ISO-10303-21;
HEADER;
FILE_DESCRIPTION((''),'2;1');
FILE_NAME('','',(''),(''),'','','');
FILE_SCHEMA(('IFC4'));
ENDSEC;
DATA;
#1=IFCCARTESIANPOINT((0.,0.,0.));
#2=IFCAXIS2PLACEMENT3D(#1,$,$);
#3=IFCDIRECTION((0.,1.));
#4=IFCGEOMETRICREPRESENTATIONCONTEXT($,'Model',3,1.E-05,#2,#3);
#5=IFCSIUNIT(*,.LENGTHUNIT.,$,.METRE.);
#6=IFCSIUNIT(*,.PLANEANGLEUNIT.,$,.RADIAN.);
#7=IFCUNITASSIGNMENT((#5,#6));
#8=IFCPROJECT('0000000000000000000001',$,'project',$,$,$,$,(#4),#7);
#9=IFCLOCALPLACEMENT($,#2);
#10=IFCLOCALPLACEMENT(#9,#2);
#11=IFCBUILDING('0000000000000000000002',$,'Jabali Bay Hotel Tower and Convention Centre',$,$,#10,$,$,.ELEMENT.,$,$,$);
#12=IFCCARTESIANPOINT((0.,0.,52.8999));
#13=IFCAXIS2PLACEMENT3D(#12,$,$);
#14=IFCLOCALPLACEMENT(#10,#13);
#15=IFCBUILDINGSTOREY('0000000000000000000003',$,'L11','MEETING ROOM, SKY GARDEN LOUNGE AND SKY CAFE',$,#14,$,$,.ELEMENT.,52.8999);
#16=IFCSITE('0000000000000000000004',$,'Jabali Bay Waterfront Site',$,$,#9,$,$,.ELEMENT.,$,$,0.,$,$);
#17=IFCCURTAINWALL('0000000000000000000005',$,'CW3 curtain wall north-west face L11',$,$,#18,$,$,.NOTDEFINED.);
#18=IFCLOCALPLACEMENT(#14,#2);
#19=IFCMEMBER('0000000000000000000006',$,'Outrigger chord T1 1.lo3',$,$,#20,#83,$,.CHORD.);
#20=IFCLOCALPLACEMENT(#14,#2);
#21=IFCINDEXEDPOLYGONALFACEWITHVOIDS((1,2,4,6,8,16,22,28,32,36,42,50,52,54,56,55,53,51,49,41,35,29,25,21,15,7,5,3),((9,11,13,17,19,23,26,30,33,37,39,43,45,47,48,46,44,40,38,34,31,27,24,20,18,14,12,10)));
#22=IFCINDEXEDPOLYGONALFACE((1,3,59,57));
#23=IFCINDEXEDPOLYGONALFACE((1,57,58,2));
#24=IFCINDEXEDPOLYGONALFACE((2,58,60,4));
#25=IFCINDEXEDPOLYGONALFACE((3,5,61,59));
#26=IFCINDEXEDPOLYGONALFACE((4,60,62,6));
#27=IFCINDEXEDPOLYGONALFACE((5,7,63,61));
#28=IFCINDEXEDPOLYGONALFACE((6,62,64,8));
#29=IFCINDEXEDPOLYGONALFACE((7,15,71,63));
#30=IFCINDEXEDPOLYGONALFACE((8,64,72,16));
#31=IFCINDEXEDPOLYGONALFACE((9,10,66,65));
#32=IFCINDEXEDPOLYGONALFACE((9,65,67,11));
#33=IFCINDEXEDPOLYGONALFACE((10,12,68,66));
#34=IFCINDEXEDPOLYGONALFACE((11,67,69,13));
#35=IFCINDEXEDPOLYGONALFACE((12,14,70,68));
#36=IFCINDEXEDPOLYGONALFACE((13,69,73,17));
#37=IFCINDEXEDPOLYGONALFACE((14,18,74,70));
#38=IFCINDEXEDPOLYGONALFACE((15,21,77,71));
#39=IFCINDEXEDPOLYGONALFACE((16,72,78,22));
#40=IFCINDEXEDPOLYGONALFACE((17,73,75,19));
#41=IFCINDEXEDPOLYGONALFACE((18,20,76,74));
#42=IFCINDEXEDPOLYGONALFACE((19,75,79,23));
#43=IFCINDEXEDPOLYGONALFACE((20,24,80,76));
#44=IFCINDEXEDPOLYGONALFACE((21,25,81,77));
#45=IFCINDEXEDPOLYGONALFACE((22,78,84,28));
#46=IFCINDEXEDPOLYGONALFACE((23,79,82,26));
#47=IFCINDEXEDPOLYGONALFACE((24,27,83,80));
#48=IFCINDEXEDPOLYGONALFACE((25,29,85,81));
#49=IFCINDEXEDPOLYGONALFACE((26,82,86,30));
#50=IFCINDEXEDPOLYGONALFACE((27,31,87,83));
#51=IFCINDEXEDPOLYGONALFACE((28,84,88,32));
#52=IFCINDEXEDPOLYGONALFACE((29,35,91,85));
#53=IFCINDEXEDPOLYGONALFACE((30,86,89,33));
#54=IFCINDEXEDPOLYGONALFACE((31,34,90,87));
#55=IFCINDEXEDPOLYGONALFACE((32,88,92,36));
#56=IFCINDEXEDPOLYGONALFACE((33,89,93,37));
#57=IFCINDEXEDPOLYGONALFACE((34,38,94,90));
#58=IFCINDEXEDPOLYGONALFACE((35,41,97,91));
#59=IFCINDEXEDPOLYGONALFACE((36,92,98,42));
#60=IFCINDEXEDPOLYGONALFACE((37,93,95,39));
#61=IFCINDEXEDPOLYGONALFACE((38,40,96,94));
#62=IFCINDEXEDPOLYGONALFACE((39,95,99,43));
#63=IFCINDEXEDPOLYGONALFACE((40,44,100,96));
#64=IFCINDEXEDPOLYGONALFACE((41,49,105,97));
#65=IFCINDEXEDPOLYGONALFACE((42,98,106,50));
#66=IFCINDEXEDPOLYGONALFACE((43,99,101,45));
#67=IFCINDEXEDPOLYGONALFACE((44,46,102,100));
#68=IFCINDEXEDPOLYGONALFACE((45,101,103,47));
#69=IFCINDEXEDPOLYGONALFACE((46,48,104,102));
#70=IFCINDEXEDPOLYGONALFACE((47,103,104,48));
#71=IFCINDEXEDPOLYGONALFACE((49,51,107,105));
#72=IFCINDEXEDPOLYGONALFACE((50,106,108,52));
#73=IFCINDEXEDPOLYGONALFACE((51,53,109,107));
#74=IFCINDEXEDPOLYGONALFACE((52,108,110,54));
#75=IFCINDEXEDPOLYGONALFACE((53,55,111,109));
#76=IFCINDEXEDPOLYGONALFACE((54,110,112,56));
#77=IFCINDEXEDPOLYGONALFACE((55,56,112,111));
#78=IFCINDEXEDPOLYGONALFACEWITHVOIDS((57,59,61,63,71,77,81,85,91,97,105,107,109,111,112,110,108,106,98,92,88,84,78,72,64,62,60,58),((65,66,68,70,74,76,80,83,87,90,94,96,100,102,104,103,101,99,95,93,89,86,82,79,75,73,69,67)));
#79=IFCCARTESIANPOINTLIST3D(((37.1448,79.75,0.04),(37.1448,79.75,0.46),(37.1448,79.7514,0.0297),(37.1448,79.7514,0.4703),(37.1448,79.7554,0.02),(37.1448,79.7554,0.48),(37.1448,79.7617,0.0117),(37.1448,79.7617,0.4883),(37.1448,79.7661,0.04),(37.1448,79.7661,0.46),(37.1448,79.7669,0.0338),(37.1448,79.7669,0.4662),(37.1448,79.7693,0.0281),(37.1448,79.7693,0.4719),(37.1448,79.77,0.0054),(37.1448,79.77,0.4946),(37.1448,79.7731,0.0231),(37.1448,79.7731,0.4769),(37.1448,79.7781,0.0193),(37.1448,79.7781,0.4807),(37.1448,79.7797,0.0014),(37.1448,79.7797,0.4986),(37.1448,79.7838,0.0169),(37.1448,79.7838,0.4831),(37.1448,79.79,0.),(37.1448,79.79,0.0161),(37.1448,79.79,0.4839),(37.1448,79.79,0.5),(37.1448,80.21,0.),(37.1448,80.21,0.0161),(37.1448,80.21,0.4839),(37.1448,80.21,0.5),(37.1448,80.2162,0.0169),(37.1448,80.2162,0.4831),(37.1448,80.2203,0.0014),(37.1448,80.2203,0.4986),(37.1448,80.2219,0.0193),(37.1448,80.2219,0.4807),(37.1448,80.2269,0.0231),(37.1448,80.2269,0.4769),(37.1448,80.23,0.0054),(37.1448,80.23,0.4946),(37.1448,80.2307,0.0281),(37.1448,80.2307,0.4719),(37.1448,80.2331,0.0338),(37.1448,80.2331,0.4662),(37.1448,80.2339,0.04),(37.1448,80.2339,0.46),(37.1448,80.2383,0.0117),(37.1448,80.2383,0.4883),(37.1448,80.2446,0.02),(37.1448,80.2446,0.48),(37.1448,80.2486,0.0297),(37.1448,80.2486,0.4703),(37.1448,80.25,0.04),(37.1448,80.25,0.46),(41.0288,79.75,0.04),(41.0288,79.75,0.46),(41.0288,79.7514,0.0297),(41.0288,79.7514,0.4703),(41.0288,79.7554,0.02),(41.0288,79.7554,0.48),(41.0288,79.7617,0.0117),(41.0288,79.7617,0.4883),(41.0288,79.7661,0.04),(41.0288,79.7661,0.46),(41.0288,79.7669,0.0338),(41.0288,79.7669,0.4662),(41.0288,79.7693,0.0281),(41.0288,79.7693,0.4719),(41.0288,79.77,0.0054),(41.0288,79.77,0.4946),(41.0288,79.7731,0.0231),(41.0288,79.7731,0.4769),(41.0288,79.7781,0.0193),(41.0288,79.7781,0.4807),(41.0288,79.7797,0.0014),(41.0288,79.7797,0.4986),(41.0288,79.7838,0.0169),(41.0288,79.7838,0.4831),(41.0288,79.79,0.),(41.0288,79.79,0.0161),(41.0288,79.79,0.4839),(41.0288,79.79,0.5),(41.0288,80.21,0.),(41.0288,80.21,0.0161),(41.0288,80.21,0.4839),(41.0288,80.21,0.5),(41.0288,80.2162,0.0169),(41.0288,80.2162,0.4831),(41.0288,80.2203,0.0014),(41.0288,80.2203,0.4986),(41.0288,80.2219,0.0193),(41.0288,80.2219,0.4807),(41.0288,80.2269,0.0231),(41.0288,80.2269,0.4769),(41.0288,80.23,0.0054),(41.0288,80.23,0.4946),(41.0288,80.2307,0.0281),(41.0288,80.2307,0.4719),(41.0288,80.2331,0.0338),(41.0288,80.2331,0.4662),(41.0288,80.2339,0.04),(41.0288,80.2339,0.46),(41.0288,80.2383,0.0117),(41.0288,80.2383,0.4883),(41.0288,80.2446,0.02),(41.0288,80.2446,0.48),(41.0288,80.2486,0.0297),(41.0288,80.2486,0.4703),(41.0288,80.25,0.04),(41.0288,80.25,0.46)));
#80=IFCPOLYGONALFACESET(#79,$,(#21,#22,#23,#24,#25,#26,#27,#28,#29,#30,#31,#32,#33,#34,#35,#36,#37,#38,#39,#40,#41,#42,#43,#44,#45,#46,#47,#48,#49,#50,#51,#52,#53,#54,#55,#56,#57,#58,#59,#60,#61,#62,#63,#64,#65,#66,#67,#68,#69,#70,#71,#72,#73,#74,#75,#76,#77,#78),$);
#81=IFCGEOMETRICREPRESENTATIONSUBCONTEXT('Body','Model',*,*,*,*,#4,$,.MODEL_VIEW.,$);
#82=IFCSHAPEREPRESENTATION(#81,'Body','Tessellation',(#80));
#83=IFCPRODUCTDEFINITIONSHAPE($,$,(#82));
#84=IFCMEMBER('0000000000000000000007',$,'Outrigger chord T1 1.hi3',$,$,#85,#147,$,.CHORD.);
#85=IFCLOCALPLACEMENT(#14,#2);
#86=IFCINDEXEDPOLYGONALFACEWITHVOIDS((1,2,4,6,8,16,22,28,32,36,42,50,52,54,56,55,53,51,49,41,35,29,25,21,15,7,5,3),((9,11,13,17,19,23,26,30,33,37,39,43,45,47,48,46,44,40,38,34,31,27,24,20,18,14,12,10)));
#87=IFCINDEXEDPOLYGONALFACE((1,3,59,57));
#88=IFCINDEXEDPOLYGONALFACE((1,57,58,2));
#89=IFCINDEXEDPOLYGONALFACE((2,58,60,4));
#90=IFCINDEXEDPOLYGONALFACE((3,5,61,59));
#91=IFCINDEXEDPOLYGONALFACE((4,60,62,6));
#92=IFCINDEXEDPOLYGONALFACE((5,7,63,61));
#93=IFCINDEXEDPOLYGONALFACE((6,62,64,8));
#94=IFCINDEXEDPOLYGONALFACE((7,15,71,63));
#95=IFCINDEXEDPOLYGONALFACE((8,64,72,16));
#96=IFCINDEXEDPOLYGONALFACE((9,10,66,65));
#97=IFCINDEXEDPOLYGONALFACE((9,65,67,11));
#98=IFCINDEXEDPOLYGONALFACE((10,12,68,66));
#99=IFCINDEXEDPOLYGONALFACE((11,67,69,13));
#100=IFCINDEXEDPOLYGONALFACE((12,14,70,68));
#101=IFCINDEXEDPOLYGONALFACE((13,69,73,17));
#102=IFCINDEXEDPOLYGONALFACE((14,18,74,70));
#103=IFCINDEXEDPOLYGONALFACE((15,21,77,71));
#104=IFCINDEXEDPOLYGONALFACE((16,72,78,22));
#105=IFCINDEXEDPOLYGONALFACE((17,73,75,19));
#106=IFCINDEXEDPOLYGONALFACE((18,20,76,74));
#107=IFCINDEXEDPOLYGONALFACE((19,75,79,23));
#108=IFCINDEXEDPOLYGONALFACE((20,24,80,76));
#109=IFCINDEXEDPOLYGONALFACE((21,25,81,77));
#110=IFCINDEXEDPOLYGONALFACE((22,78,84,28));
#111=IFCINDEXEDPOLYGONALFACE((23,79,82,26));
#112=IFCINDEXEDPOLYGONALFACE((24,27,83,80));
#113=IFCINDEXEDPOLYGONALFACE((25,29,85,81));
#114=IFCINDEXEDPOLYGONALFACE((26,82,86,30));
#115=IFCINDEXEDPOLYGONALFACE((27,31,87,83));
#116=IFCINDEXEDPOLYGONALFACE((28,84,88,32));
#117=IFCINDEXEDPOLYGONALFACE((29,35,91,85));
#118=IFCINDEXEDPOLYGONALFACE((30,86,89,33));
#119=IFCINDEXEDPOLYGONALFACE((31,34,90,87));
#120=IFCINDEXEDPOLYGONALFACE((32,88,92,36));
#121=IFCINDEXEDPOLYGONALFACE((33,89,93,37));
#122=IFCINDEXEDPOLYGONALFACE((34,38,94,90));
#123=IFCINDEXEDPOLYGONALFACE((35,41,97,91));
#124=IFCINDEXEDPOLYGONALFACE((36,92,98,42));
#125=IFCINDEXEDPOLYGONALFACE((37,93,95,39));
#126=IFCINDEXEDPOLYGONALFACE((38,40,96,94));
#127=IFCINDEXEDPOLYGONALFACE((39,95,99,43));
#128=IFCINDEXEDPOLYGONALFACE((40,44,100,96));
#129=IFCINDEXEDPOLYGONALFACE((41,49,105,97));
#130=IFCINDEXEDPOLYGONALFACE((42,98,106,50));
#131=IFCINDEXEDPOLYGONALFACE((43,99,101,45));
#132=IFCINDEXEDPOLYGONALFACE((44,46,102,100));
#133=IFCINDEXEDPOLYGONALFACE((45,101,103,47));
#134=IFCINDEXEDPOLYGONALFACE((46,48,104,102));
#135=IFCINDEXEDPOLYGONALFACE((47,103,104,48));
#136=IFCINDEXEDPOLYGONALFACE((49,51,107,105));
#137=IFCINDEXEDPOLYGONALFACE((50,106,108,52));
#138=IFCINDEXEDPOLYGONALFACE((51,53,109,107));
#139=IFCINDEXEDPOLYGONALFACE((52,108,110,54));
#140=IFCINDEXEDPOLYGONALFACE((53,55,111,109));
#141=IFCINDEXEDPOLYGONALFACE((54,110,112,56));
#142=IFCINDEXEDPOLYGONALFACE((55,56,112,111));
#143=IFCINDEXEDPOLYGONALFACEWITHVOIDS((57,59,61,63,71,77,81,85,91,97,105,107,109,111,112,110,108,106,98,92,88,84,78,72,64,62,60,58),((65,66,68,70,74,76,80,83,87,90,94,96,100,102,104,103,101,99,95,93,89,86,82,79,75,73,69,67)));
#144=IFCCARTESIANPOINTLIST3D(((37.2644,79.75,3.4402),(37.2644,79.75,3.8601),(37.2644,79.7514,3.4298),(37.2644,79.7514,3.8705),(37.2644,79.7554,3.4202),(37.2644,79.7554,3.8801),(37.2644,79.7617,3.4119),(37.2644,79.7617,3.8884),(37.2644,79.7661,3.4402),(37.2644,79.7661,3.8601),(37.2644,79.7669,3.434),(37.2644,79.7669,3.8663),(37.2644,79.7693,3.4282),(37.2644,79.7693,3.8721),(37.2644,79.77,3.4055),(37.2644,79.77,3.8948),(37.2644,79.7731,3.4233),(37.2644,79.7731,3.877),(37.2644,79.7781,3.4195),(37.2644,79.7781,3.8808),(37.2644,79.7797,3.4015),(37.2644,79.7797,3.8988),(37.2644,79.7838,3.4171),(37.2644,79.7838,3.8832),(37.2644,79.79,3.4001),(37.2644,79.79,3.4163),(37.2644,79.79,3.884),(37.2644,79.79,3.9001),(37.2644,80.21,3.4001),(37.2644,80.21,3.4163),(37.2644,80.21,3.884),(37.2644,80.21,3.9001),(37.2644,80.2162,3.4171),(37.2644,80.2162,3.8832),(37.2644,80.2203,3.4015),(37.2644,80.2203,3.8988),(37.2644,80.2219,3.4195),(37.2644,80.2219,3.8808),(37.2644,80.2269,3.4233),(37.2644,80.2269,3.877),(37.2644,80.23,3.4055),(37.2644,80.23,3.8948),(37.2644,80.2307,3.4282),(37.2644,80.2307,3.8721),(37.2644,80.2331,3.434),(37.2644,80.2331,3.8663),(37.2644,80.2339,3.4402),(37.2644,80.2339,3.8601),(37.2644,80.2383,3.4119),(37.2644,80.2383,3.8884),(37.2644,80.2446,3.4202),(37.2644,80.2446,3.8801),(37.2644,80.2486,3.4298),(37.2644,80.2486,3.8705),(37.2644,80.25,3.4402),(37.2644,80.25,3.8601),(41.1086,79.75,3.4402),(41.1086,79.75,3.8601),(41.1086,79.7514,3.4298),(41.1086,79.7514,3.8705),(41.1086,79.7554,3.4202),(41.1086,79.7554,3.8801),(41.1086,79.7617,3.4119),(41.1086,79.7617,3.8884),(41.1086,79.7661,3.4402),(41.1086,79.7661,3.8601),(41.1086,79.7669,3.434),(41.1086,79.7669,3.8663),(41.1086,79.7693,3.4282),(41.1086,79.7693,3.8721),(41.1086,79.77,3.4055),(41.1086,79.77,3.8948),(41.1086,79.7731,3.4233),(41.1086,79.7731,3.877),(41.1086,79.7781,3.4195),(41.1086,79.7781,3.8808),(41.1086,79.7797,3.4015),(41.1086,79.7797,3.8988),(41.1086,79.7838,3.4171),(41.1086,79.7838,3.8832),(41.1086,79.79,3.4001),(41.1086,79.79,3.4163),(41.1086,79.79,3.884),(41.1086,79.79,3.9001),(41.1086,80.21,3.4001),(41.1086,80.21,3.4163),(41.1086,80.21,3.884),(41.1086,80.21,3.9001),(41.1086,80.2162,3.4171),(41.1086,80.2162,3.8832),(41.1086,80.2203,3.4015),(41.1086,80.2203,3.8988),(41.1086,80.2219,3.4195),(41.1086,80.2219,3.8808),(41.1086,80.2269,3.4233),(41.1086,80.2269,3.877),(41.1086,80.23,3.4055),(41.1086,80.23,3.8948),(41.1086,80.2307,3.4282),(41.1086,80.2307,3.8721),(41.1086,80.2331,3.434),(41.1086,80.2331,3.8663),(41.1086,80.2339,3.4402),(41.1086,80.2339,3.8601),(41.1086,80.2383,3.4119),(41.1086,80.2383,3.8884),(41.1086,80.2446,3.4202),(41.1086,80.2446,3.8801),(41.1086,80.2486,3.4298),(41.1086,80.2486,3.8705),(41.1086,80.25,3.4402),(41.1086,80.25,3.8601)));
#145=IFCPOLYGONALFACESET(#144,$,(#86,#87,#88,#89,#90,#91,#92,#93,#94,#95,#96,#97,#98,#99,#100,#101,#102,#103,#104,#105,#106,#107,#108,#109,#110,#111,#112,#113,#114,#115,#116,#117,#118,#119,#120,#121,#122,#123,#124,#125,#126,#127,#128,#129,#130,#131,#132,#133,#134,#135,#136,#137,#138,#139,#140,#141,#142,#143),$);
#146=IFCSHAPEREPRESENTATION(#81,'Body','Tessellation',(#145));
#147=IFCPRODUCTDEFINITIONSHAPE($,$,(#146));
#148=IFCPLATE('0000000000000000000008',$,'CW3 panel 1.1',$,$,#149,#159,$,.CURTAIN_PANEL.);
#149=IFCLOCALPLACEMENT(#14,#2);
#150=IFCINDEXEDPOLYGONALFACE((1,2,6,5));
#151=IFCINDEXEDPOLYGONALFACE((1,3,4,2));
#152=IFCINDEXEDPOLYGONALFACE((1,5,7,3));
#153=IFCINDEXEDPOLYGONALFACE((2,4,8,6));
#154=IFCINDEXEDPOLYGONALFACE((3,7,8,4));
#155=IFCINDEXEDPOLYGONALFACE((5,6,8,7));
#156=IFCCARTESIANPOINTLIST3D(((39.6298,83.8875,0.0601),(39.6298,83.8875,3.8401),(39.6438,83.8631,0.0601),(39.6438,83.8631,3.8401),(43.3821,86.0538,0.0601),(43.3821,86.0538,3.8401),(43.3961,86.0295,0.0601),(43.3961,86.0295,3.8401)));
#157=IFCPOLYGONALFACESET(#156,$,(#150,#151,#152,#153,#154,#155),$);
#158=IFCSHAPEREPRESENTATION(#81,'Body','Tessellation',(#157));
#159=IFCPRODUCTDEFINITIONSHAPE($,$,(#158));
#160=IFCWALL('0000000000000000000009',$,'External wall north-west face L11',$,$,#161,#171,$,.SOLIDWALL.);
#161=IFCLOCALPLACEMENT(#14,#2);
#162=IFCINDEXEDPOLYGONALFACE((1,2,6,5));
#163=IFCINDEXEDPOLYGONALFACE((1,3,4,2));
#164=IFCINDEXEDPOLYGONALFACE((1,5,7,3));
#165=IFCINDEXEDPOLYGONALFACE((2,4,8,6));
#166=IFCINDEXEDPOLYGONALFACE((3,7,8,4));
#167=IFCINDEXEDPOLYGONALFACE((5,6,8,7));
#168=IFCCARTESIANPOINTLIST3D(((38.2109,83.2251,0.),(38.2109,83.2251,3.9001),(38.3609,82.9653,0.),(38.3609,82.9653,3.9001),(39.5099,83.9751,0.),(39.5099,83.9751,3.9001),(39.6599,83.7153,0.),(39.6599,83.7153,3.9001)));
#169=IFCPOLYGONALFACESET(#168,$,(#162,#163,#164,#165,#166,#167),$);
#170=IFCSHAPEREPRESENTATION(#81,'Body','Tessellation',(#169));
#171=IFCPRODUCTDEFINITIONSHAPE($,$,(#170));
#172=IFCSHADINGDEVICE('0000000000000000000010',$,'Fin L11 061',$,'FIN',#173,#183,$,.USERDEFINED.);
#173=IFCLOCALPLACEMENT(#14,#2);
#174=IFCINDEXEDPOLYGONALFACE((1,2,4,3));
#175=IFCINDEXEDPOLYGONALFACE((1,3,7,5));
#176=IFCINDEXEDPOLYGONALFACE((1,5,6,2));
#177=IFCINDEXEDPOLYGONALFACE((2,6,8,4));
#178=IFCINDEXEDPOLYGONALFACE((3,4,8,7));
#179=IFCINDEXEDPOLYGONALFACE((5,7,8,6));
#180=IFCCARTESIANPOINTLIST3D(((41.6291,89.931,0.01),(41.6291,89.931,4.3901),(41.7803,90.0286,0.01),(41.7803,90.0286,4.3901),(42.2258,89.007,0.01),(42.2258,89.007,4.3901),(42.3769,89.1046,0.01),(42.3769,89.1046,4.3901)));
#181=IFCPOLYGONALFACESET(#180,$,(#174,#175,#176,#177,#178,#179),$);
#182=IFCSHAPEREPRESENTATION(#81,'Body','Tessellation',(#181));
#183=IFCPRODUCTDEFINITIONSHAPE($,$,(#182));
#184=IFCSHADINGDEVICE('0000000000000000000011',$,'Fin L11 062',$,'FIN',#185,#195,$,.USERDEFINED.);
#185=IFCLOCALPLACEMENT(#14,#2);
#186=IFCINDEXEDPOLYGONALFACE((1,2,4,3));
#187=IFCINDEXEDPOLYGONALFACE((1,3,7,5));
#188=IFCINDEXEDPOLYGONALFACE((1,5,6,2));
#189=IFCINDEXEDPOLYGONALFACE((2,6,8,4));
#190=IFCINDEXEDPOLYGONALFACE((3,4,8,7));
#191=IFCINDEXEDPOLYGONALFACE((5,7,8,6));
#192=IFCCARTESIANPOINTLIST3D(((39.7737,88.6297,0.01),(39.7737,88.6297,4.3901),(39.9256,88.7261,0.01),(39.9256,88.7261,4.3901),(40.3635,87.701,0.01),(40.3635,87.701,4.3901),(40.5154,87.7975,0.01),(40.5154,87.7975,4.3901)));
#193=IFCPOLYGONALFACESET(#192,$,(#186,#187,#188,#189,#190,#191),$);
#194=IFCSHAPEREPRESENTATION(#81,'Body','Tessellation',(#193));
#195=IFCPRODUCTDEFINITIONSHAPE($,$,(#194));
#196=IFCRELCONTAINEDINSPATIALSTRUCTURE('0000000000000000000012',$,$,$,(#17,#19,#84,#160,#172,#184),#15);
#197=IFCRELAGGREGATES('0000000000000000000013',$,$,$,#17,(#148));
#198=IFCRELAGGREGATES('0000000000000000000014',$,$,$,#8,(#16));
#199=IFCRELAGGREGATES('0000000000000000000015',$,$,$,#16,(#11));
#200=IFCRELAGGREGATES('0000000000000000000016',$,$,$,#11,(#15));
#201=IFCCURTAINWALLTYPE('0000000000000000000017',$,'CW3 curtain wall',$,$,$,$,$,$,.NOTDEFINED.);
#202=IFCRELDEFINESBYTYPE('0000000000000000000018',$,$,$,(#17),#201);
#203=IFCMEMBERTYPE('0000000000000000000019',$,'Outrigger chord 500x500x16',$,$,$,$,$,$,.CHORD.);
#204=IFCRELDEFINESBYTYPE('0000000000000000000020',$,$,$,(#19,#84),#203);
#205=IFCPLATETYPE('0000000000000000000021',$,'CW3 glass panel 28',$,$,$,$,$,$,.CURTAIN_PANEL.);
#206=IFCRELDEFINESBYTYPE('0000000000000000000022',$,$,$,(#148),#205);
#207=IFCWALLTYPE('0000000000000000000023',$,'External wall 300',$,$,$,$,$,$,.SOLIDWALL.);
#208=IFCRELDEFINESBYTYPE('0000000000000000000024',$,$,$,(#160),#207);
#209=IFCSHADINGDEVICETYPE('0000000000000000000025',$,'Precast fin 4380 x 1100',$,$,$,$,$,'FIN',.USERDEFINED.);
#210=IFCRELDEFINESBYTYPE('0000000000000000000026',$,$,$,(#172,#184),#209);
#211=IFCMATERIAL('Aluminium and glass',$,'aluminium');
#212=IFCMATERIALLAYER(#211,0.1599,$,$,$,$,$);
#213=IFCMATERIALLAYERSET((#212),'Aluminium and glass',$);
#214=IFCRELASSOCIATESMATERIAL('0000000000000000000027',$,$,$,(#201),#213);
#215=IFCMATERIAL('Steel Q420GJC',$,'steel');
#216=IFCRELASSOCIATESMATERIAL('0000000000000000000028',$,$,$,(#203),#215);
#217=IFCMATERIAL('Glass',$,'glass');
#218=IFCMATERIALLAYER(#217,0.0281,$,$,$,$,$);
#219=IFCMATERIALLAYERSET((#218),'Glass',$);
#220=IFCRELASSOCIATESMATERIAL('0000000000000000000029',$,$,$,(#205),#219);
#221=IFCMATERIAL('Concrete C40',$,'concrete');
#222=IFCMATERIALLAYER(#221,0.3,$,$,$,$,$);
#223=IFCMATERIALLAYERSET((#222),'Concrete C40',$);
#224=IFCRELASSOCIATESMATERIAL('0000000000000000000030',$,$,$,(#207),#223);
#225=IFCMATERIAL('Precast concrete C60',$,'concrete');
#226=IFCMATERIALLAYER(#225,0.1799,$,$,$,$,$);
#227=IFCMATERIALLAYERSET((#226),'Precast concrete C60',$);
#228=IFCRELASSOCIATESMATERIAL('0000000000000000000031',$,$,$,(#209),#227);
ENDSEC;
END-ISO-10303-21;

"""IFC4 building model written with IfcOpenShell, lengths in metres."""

from ifc_helpers import new_model, si_unit, direction, frame, frame_2d, origin, origin_2d, place, context, subcontext, project, spatial, rectangle, hollow_rectangle, extrude, material, layer, layer_set, material_profile, profile_set, type_object, element, aggregate, save


model = new_model("IFC4")

# Units and contexts
model_context = context("Model", 3, precision=1e-05, world=origin(), true_north=direction((0.0, 1.0)))
body_context = subcontext(model_context, "Body", "Model", "MODEL_VIEW")
ifc_project = project(units=[si_unit("LENGTHUNIT", "METRE"), si_unit("PLANEANGLEUNIT", "RADIAN")], contexts=[model_context])

# Site, building, storey
site_placement = place(None, origin())
site = spatial("IfcSite", under=ifc_project, at=site_placement, Name="Jabali Bay Waterfront Site", CompositionType="ELEMENT", RefElevation=0.0)
building_placement = place(site_placement, origin())
building = spatial("IfcBuilding", under=site, at=building_placement, Name="Jabali Bay Hotel Tower and Convention Centre", CompositionType="ELEMENT")
storey_placement = place(building_placement, frame((0.0, 0.0, 52.8999)))
storey = spatial("IfcBuildingStorey", under=building, at=storey_placement, Name="L11", Description="MEETING ROOM, SKY GARDEN LOUNGE AND SKY CAFE", CompositionType="ELEMENT", Elevation=52.8999)

# Shared definitions
ifc_material_1 = material(Name="Steel Q420GJC", Category="steel")

# Curtain wall
ifc_material_2 = material(Name="Aluminium and glass", Category="aluminium")
ifc_layer_1 = layer(ifc_material_2, 0.1599)
ifc_layer_set_1 = layer_set([ifc_layer_1], Name="Aluminium and glass")
curtain_wall_type = type_object("IfcCurtainWallType", Name="CW3 curtain wall", PredefinedType="NOTDEFINED", material=ifc_layer_set_1)
curtain_wall_placement = place(storey_placement, origin())
curtain_wall = element("IfcCurtainWall", 1, at=curtain_wall_placement, inside=storey, type_object=curtain_wall_type, Name="CW3 curtain wall north-west face L11", PredefinedType="NOTDEFINED")

# Members
ifc_material_profile_1 = material_profile(ifc_material_1, hollow_rectangle(XDim=0.5, YDim=0.5, WallThickness=0.0161, InnerFilletRadius=0.0239, OuterFilletRadius=0.04, at=origin_2d()), Name="Outrigger chord 500x500x16")
ifc_profile_set_1 = profile_set([ifc_material_profile_1], Name="Steel Q420GJC")
member_type_1 = type_object("IfcMemberType", Name="Outrigger chord 500x500x16", PredefinedType="CHORD", material=ifc_profile_set_1)
member_1_placement = place(storey_placement, frame((41.0288, 80.0, 0.25), z_axis=(-1.0, 0.0, 0.0), x_axis=(0.0, -1.0, 0.0)))
element("IfcMember", 2, at=member_1_placement, inside=storey, type_object=member_type_1, Name="Outrigger chord T1 1.lo3", PredefinedType="CHORD", context=body_context, shape_type="SweptSolid", body=[
    extrude(hollow_rectangle(XDim=0.5, YDim=0.5, WallThickness=0.0161, InnerFilletRadius=0.0239, OuterFilletRadius=0.04, at=origin_2d()), origin(), (0.0, 0.0, 1.0), 3.884),
])
member_2_placement = place(storey_placement, frame((41.1086, 80.0, 3.6501), z_axis=(-1.0, 0.0, 0.0), x_axis=(0.0, -1.0, 0.0)))
element("IfcMember", 3, at=member_2_placement, inside=storey, type_object=member_type_1, Name="Outrigger chord T1 1.hi3", PredefinedType="CHORD", context=body_context, shape_type="SweptSolid", body=[
    extrude(hollow_rectangle(XDim=0.5, YDim=0.5, WallThickness=0.0161, InnerFilletRadius=0.0239, OuterFilletRadius=0.04, at=origin_2d()), origin(), (0.0, 0.0, 1.0), 3.8442),
])

# Plate
ifc_material_3 = material(Name="Glass", Category="glass")
ifc_layer_2 = layer(ifc_material_3, 0.0281)
ifc_layer_set_2 = layer_set([ifc_layer_2], Name="Glass")
plate_type = type_object("IfcPlateType", Name="CW3 glass panel 28", PredefinedType="CURTAIN_PANEL", material=ifc_layer_set_2)
plate_placement = place(storey_placement, frame((41.5129, 84.9585, 0.0601), z_axis=(0.0, 0.0, 1.0), x_axis=(0.866025, 0.5, 0.0)))
plate = element("IfcPlate", 4, at=plate_placement, type_object=plate_type, Name="CW3 panel 1.1", PredefinedType="CURTAIN_PANEL", context=body_context, shape_type="SweptSolid", body=[
    extrude(rectangle(XDim=4.3328, YDim=0.0281, at=origin_2d()), origin(), (0.0, 0.0, 1.0), 3.78),
])
aggregate(curtain_wall, [plate])

# Wall
ifc_material_4 = material(Name="Concrete C40", Category="concrete")
ifc_layer_3 = layer(ifc_material_4, 0.3)
ifc_layer_set_3 = layer_set([ifc_layer_3], Name="Concrete C40")
wall_type = type_object("IfcWallType", Name="External wall 300", PredefinedType="SOLIDWALL", material=ifc_layer_set_3)
wall_placement = place(storey_placement, frame((38.2859, 83.0952, 0.0), z_axis=(0.0, 0.0, 1.0), x_axis=(0.866031, 0.49999, 0.0)))
element("IfcWall", 5, at=wall_placement, inside=storey, type_object=wall_type, Name="External wall north-west face L11", PredefinedType="SOLIDWALL", context=body_context, shape_type="SweptSolid", body=[
    extrude(rectangle(XDim=1.5, YDim=0.3, at=frame_2d((0.75, 0.0))), origin(), (0.0, 0.0, 1.0), 3.9001),
])

# Shading devices
ifc_material_5 = material(Name="Precast concrete C60", Category="concrete")
ifc_layer_4 = layer(ifc_material_5, 0.1799)
ifc_layer_set_4 = layer_set([ifc_layer_4], Name="Precast concrete C60")
shading_device_type_1 = type_object("IfcShadingDeviceType", Name="Precast fin 4380 x 1100", ElementType="FIN", PredefinedType="USERDEFINED", material=ifc_layer_set_4)
shading_device_1_placement = place(storey_placement, frame((42.3013, 89.0559, 0.01), z_axis=(0.0, 0.0, 1.0), x_axis=(-0.54245, 0.840088, 0.0)))
element("IfcShadingDevice", 6, at=shading_device_1_placement, inside=storey, type_object=shading_device_type_1, Name="Fin L11 061", ObjectType="FIN", PredefinedType="USERDEFINED", context=body_context, shape_type="SweptSolid", body=[
    extrude(rectangle(XDim=1.0999, YDim=0.1799, at=frame_2d((0.5498, 0.0))), origin(), (0.0, 0.0, 1.0), 4.3801),
])
shading_device_2_placement = place(storey_placement, frame((40.4395, 87.7493, 0.01), z_axis=(0.0, 0.0, 1.0), x_axis=(-0.536129, 0.844136, 0.0)))
element("IfcShadingDevice", 7, at=shading_device_2_placement, inside=storey, type_object=shading_device_type_1, Name="Fin L11 062", ObjectType="FIN", PredefinedType="USERDEFINED", context=body_context, shape_type="SweptSolid", body=[
    extrude(rectangle(XDim=1.1001, YDim=0.1799, at=frame_2d((0.55, 0.0))), origin(), (0.0, 0.0, 1.0), 4.3801),
])

save(model, "model.ifc")
